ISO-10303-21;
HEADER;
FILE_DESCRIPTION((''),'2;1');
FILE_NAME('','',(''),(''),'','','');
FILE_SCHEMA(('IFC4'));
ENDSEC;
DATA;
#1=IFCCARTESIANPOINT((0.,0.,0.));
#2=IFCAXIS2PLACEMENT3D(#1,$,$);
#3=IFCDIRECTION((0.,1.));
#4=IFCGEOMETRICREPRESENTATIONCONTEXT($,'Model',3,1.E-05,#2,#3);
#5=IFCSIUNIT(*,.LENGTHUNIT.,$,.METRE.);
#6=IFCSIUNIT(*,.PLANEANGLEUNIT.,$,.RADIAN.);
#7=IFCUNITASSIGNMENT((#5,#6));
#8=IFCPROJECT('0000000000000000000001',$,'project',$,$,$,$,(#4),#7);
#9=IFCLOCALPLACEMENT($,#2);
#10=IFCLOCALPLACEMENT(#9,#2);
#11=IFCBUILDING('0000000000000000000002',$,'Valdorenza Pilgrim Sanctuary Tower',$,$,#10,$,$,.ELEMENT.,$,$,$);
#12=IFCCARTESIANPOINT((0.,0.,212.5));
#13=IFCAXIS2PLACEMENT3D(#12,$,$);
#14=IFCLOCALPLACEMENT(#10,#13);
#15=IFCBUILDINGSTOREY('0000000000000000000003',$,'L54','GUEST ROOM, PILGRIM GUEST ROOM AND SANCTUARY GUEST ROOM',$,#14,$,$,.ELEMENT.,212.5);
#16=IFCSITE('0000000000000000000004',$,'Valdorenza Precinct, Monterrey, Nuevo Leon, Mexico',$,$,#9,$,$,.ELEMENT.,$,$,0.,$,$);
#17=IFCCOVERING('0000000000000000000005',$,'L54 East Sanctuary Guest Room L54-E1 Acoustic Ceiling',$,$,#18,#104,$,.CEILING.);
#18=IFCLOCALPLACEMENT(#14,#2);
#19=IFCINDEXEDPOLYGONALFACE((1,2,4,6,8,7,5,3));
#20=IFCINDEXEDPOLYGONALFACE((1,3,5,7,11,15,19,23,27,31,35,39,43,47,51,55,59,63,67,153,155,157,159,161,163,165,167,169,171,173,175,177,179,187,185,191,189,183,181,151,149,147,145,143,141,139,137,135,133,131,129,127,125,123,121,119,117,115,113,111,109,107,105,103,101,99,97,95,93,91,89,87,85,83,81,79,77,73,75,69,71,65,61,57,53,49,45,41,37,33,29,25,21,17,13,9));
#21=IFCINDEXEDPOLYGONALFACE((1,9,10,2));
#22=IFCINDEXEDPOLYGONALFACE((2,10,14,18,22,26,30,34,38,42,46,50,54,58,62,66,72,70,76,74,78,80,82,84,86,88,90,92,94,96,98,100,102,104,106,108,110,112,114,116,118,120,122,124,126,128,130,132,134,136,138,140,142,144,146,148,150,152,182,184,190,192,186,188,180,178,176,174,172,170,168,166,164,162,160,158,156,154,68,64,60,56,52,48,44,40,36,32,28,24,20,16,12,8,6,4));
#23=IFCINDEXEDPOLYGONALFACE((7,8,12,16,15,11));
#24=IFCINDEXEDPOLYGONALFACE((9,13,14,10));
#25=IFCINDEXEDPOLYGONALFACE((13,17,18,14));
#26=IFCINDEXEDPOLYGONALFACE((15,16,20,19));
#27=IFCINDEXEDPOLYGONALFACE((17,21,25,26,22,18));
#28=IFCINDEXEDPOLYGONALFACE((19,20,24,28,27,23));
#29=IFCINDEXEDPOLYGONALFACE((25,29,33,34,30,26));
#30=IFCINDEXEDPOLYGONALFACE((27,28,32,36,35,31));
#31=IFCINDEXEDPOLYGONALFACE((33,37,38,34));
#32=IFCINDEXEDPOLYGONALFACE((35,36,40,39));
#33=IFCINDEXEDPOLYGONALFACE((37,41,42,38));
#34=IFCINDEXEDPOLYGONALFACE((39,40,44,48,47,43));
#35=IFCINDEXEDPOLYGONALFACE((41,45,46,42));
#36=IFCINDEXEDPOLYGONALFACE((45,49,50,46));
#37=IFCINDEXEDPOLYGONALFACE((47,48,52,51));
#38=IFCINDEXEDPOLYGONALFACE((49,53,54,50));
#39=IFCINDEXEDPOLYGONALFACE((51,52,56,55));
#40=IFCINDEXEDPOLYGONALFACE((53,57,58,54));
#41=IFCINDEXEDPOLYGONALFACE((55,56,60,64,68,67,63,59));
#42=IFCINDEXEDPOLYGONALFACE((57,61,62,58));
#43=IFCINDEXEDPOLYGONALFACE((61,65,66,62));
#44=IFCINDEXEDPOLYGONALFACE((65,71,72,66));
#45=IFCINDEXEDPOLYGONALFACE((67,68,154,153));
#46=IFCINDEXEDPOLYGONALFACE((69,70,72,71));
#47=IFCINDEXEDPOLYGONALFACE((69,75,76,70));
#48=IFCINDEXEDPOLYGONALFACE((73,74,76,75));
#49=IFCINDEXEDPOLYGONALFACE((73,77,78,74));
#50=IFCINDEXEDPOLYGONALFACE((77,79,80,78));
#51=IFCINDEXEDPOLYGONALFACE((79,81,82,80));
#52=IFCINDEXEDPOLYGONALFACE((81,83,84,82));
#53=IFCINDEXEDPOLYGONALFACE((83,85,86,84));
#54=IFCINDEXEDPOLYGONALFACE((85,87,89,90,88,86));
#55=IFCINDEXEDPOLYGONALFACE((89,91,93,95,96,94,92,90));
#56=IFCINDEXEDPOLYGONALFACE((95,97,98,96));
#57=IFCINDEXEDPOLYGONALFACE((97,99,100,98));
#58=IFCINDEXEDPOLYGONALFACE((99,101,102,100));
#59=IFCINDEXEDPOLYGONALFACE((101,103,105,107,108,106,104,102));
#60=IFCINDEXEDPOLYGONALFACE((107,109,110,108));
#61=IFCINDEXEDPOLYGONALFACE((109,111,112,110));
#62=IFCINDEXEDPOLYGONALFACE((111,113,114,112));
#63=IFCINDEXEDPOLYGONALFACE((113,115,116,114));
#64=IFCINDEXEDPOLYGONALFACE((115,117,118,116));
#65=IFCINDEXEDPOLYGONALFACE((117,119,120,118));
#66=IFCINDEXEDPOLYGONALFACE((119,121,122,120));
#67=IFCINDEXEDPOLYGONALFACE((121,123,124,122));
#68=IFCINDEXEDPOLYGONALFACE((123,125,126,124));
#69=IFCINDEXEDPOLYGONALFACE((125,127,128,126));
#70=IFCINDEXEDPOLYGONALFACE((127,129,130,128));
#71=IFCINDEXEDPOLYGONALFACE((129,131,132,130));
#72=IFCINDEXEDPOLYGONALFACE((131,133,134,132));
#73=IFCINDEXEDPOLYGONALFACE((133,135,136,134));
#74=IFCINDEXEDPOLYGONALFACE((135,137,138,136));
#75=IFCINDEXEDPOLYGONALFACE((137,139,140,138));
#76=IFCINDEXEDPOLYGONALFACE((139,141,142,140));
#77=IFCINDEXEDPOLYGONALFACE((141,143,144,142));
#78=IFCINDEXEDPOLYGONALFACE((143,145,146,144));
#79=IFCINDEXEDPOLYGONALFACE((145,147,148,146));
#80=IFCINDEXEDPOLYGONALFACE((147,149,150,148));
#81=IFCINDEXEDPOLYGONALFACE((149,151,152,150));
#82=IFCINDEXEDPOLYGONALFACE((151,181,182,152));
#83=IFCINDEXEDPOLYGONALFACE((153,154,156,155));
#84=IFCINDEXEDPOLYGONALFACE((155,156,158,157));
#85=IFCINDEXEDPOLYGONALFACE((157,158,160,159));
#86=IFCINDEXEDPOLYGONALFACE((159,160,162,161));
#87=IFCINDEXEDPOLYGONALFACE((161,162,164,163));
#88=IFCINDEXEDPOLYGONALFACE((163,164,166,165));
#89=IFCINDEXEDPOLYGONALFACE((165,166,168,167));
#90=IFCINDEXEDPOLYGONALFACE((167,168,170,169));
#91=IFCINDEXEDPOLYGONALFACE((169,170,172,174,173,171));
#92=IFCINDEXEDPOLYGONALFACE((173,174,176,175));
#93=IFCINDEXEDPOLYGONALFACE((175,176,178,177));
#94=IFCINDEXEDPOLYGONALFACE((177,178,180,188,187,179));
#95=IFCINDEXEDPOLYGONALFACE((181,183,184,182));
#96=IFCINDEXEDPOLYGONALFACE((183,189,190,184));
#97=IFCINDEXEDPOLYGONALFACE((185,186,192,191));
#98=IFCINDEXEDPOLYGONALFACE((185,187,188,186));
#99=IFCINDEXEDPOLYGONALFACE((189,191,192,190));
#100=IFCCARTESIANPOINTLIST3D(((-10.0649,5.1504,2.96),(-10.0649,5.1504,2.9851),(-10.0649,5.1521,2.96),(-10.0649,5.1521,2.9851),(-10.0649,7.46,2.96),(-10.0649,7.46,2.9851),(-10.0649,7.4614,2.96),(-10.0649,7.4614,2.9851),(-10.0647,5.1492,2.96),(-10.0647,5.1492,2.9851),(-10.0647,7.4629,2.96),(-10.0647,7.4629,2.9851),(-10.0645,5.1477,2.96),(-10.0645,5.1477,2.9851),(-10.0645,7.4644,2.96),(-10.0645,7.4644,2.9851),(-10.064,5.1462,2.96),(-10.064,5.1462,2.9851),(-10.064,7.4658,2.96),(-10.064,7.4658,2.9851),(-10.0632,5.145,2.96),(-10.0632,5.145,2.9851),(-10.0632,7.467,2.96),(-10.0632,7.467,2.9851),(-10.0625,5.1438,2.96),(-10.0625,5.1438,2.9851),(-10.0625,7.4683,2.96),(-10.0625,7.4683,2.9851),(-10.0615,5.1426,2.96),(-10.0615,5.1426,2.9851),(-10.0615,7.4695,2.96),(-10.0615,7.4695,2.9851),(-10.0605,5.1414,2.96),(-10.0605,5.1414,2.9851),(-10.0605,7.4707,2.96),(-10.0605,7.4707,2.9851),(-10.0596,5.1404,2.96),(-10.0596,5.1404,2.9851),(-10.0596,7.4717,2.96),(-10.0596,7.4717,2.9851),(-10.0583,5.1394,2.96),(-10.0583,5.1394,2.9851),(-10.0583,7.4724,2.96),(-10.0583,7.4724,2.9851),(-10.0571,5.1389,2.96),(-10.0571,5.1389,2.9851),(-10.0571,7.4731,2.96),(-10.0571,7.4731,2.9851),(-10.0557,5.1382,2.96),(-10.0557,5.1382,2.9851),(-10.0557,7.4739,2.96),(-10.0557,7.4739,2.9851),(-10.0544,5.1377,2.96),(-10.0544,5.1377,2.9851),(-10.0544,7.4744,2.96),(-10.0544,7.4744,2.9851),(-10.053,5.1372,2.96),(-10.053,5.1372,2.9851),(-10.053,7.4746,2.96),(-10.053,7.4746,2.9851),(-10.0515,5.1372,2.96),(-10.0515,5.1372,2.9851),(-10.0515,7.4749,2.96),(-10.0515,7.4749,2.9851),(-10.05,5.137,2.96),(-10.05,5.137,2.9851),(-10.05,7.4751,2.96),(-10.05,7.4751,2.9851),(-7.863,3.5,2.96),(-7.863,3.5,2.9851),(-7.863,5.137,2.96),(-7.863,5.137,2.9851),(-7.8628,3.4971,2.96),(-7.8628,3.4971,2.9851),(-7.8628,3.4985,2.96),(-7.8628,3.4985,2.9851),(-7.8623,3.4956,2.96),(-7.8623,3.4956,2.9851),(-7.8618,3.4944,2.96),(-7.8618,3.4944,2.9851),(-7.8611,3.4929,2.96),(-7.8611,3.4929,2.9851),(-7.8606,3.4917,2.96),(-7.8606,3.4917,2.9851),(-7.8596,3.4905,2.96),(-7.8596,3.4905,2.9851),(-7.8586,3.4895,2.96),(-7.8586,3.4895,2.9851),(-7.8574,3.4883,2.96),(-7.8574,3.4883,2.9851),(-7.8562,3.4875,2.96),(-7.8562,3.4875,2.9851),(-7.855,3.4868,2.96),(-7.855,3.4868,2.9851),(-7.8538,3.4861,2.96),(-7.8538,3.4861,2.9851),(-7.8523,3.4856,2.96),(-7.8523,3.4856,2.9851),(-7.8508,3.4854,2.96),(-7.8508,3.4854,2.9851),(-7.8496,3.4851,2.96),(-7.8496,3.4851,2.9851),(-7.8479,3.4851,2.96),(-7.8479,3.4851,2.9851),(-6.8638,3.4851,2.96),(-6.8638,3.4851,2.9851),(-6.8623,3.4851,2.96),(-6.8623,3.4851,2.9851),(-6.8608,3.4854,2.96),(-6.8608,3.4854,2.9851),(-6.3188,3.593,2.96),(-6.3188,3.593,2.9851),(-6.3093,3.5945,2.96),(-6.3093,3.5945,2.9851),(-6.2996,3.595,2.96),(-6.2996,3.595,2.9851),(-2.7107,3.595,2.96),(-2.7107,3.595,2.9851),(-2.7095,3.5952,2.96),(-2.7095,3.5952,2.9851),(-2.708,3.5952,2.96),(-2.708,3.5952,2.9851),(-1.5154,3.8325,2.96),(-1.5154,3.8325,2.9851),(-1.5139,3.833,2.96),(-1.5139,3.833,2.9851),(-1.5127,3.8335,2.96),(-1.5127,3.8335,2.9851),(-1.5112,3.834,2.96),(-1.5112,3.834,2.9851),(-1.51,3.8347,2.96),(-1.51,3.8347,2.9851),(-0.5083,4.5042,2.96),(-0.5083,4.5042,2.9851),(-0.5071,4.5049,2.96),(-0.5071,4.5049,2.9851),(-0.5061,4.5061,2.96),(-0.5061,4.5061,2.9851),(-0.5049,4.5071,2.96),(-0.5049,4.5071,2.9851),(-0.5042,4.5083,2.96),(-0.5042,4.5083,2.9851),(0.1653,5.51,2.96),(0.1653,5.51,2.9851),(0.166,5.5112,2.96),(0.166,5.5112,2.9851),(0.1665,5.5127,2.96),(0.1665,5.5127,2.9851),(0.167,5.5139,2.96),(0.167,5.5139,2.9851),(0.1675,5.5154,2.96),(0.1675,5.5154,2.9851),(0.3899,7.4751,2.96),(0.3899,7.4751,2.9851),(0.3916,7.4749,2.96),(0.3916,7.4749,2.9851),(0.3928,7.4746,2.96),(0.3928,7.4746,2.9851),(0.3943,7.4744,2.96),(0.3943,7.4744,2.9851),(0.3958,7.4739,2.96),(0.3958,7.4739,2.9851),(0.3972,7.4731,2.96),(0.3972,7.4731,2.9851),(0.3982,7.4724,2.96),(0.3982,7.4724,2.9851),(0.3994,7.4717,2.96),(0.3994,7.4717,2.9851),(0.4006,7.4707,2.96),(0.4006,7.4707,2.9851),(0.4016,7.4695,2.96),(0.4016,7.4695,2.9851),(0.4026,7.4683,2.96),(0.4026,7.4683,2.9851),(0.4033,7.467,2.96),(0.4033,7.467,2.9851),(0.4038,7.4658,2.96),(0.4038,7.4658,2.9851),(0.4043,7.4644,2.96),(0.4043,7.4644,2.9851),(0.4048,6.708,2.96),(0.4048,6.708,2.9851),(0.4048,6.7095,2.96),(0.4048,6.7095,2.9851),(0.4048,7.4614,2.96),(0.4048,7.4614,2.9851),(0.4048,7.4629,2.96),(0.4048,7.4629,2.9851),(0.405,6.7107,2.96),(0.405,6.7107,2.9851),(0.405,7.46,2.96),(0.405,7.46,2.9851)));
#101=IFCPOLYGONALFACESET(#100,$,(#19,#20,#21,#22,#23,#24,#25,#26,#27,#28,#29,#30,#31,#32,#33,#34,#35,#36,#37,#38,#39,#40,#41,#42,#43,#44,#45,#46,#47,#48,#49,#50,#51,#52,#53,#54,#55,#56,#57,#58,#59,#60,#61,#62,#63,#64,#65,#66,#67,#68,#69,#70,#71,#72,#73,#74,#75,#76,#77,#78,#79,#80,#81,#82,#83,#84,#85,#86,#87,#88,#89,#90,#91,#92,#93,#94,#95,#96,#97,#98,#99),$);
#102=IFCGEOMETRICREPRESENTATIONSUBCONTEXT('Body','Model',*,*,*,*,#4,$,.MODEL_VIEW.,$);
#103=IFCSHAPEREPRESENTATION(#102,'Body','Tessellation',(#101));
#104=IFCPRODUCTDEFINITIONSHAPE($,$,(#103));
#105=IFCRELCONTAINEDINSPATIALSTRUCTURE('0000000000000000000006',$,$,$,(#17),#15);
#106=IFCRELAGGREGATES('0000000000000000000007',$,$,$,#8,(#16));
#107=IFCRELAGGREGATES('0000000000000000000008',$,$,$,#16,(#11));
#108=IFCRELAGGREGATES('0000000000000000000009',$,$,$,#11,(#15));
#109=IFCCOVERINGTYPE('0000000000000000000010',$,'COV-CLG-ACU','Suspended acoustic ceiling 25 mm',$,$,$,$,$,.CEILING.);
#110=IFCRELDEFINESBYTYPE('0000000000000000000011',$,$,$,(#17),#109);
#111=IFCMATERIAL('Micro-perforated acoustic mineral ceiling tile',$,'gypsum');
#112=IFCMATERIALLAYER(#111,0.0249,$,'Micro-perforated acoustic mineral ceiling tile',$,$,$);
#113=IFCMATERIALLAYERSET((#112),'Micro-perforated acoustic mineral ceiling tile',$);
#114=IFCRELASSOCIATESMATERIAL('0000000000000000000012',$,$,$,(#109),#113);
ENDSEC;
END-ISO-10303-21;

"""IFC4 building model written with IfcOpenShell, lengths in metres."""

from ifc_helpers import new_model, si_unit, direction, frame, origin, place, context, subcontext, project, spatial, polyline, outline, extrude, material, layer, layer_set, type_object, element, save


model = new_model("IFC4")

# Units and contexts
model_context = context("Model", 3, precision=1e-05, world=origin(), true_north=direction((0.0, 1.0)))
body_context = subcontext(model_context, "Body", "Model", "MODEL_VIEW")
ifc_project = project(units=[si_unit("LENGTHUNIT", "METRE"), si_unit("PLANEANGLEUNIT", "RADIAN")], contexts=[model_context])

# Site, building, storey
site_placement = place(None, origin())
site = spatial("IfcSite", under=ifc_project, at=site_placement, Name="Valdorenza Precinct, Monterrey, Nuevo Leon, Mexico", CompositionType="ELEMENT", RefElevation=0.0)
building_placement = place(site_placement, origin())
building = spatial("IfcBuilding", under=site, at=building_placement, Name="Valdorenza Pilgrim Sanctuary Tower", CompositionType="ELEMENT")
storey_placement = place(building_placement, frame((0.0, 0.0, 212.5)))
storey = spatial("IfcBuildingStorey", under=building, at=storey_placement, Name="L54", Description="GUEST ROOM, PILGRIM GUEST ROOM AND SANCTUARY GUEST ROOM", CompositionType="ELEMENT", Elevation=212.5)

# Covering
ifc_material_1 = material(Name="Micro-perforated acoustic mineral ceiling tile", Category="gypsum")
ifc_layer_1 = layer(ifc_material_1, 0.0249, Name="Micro-perforated acoustic mineral ceiling tile")
ifc_layer_set_1 = layer_set([ifc_layer_1], Name="Micro-perforated acoustic mineral ceiling tile")
covering_type_1 = type_object("IfcCoveringType", Name="COV-CLG-ACU", Description="Suspended acoustic ceiling 25 mm", PredefinedType="CEILING", material=ifc_layer_set_1)
covering_1_placement = place(storey_placement, frame((0.0, 0.0, 2.96)))
element("IfcCovering", 1, at=covering_1_placement, inside=storey, type_object=covering_type_1, Name="L54 East Sanctuary Guest Room L54-E1 Acoustic Ceiling", PredefinedType="CEILING", context=body_context, shape_type="SweptSolid", body=[
    extrude(outline(polyline([(-7.863, 5.137), (-10.05, 5.137), (-10.0515, 5.1372), (-10.053, 5.1372), (-10.0544, 5.1377), (-10.0557, 5.1382), (-10.0571, 5.1389), (-10.0583, 5.1394), (-10.0596, 5.1404), (-10.0605, 5.1414), (-10.0615, 5.1426), (-10.0625, 5.1438), (-10.0632, 5.145), (-10.064, 5.1462), (-10.0645, 5.1477), (-10.0647, 5.1492), (-10.0649, 5.1504), (-10.0649, 5.1521), (-10.0649, 7.46), (-10.0649, 7.4614), (-10.0647, 7.4629), (-10.0645, 7.4644), (-10.064, 7.4658), (-10.0632, 7.467), (-10.0625, 7.4683), (-10.0615, 7.4695), (-10.0605, 7.4707), (-10.0596, 7.4717), (-10.0583, 7.4724), (-10.0571, 7.4731), (-10.0557, 7.4739), (-10.0544, 7.4744), (-10.053, 7.4746), (-10.0515, 7.4749), (-10.05, 7.4751), (0.3899, 7.4751), (0.3916, 7.4749), (0.3928, 7.4746), (0.3943, 7.4744), (0.3958, 7.4739), (0.3972, 7.4731), (0.3982, 7.4724), (0.3994, 7.4717), (0.4006, 7.4707), (0.4016, 7.4695), (0.4026, 7.4683), (0.4033, 7.467), (0.4038, 7.4658), (0.4043, 7.4644), (0.4048, 7.4629), (0.4048, 7.4614), (0.405, 7.46), (0.405, 6.7107), (0.4048, 6.7095), (0.4048, 6.708), (0.1675, 5.5154), (0.167, 5.5139), (0.1665, 5.5127), (0.166, 5.5112), (0.1653, 5.51), (-0.5042, 4.5083), (-0.5049, 4.5071), (-0.5061, 4.5061), (-0.5071, 4.5049), (-0.5083, 4.5042), (-1.51, 3.8347), (-1.5112, 3.834), (-1.5127, 3.8335), (-1.5139, 3.833), (-1.5154, 3.8325), (-2.708, 3.5952), (-2.7095, 3.5952), (-2.7107, 3.595), (-6.2996, 3.595), (-6.3093, 3.5945), (-6.3188, 3.593), (-6.8608, 3.4854), (-6.8623, 3.4851), (-6.8638, 3.4851), (-7.8479, 3.4851), (-7.8496, 3.4851), (-7.8508, 3.4854), (-7.8523, 3.4856), (-7.8538, 3.4861), (-7.855, 3.4868), (-7.8562, 3.4875), (-7.8574, 3.4883), (-7.8586, 3.4895), (-7.8596, 3.4905), (-7.8606, 3.4917), (-7.8611, 3.4929), (-7.8618, 3.4944), (-7.8623, 3.4956), (-7.8628, 3.4971), (-7.8628, 3.4985), (-7.863, 3.5), (-7.863, 5.137)])), origin(), (0.0, 0.0, 1.0), 0.0251),
])

save(model, "model.ifc")
